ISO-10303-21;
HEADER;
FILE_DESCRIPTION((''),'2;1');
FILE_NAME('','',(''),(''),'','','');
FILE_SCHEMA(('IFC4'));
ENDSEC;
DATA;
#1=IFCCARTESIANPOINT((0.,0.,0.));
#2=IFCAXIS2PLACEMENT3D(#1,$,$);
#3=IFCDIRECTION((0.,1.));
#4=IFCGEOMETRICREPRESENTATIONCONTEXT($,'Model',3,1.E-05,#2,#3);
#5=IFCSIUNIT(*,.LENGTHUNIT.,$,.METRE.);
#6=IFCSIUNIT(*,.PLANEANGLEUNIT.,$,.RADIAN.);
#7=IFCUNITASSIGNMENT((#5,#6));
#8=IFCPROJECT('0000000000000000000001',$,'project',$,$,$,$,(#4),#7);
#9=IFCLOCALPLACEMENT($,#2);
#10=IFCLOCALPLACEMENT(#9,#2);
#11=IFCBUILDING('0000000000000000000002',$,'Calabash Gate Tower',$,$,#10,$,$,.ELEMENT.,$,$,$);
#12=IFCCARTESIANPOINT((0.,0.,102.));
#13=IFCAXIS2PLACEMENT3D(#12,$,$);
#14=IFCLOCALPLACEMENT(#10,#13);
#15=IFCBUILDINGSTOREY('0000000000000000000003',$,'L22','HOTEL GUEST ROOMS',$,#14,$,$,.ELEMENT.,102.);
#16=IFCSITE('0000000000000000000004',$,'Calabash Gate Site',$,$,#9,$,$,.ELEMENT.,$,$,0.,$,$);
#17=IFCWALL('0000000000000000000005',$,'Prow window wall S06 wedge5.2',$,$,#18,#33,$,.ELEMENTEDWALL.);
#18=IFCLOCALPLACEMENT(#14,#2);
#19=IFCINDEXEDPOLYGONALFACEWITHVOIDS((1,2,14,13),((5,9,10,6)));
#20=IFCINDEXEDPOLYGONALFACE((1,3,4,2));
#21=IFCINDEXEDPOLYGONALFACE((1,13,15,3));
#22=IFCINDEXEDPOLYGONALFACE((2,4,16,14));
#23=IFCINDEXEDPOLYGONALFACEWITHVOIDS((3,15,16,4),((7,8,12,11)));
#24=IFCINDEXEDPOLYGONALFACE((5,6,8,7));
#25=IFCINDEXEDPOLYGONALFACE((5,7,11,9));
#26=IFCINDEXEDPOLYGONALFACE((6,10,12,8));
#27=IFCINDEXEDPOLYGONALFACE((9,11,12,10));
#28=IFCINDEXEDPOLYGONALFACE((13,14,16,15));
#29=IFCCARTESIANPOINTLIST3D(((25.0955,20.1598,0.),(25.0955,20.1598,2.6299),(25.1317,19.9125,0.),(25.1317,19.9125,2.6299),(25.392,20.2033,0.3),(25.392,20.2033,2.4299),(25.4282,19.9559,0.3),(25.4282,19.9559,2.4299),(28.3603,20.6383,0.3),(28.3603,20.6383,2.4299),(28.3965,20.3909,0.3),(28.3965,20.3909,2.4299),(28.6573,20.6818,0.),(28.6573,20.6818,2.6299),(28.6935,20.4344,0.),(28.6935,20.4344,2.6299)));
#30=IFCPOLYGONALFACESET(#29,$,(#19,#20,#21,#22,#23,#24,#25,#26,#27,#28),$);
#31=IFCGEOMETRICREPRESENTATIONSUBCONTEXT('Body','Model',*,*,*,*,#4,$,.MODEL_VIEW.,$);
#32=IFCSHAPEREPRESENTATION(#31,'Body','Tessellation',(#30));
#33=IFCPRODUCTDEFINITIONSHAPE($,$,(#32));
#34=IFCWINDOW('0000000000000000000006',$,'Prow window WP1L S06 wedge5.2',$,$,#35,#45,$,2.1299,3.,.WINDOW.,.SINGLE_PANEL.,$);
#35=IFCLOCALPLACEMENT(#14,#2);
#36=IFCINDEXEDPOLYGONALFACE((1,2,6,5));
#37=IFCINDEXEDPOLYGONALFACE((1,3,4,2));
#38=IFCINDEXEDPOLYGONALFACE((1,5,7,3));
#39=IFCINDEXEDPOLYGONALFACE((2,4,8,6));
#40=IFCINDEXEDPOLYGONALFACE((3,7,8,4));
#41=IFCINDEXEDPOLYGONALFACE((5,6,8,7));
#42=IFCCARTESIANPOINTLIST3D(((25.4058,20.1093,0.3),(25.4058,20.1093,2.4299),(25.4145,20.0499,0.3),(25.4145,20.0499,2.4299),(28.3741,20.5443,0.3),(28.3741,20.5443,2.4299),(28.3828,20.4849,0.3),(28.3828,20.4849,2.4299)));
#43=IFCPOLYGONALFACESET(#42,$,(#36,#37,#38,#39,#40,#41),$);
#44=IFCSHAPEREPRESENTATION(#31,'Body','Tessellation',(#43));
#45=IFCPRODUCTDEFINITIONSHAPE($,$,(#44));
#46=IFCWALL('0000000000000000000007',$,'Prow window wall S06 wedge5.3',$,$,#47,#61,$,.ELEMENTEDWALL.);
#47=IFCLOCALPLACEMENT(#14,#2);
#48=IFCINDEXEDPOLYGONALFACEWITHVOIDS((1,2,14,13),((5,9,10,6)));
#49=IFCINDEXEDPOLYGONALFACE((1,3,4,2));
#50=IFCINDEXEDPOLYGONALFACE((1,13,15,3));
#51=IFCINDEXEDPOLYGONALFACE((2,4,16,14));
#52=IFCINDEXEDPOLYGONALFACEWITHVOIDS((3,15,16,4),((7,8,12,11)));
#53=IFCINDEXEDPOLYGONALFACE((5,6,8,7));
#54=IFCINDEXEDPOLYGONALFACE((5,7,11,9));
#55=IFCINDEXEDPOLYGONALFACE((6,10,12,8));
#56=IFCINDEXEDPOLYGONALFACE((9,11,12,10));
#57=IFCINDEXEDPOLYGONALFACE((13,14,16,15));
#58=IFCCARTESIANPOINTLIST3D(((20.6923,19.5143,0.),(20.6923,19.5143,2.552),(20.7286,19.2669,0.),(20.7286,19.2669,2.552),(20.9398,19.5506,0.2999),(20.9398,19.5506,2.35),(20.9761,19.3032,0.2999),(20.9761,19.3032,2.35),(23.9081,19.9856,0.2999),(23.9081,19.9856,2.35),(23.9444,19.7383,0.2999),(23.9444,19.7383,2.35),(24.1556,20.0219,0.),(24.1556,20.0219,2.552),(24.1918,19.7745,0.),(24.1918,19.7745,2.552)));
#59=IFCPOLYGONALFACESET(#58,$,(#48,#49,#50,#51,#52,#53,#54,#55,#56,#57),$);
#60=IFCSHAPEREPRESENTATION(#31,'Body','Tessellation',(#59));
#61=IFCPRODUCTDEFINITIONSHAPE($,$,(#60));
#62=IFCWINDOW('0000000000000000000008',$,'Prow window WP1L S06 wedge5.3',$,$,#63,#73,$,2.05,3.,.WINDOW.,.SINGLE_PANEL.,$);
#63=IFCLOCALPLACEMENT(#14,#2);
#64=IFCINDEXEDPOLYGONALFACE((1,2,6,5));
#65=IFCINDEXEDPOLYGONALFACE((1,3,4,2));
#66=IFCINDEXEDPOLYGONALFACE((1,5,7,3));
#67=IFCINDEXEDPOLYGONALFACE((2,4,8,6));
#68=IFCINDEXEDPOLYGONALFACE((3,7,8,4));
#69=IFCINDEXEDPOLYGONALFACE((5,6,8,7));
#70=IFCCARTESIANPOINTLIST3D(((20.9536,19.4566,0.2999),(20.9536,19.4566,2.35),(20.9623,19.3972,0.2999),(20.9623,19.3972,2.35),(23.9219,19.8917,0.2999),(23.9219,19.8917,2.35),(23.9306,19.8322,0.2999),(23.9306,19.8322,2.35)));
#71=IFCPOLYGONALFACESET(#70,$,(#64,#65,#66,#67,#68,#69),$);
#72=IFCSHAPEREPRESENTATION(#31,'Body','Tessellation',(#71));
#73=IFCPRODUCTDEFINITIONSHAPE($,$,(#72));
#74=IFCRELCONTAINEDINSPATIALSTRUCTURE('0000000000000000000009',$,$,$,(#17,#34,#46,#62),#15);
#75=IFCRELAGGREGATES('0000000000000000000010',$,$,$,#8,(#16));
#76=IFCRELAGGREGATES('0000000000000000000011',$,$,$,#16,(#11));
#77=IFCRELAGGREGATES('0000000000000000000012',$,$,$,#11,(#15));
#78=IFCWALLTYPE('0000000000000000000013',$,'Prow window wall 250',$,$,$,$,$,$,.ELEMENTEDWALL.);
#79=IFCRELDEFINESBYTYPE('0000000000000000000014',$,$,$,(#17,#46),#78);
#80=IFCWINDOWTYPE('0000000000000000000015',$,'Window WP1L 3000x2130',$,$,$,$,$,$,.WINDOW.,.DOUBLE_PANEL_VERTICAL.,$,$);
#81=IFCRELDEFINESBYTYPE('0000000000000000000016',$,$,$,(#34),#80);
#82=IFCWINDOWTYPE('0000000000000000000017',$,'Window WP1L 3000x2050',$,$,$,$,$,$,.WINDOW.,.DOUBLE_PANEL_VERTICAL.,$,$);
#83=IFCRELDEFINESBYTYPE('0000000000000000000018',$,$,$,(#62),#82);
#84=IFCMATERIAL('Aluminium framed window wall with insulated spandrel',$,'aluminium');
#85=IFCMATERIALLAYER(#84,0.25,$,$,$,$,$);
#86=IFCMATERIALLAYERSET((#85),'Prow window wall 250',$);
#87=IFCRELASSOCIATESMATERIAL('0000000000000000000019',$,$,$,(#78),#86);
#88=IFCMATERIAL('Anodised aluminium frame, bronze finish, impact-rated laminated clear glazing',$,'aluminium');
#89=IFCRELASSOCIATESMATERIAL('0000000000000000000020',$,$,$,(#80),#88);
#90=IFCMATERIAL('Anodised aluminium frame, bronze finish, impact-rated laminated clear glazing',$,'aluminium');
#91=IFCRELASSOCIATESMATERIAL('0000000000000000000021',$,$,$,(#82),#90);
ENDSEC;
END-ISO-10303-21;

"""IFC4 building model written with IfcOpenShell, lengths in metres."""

from ifc_helpers import new_model, si_unit, direction, frame, frame_2d, origin, place, context, subcontext, project, spatial, rectangle, extrude, material, layer, layer_set, type_object, element, fill, save


model = new_model("IFC4")

# Units and contexts
model_context = context("Model", 3, precision=1e-05, world=origin(), true_north=direction((0.0, 1.0)))
body_context = subcontext(model_context, "Body", "Model", "MODEL_VIEW")
ifc_project = project(units=[si_unit("LENGTHUNIT", "METRE"), si_unit("PLANEANGLEUNIT", "RADIAN")], contexts=[model_context])

# Site, building, storey
site_placement = place(None, origin())
site = spatial("IfcSite", under=ifc_project, at=site_placement, Name="Calabash Gate Site", CompositionType="ELEMENT", RefElevation=0.0)
building_placement = place(site_placement, origin())
building = spatial("IfcBuilding", under=site, at=building_placement, Name="Calabash Gate Tower", CompositionType="ELEMENT")
storey_placement = place(building_placement, frame((0.0, 0.0, 102.0)))
storey = spatial("IfcBuildingStorey", under=building, at=storey_placement, Name="L22", Description="HOTEL GUEST ROOMS", CompositionType="ELEMENT", Elevation=102.0)

# Walls, openings, windows
ifc_material_1 = material(Name="Aluminium framed window wall with insulated spandrel", Category="aluminium")
ifc_layer_1 = layer(ifc_material_1, 0.25)
ifc_layer_set_1 = layer_set([ifc_layer_1], Name="Prow window wall 250")
wall_type_1 = type_object("IfcWallType", Name="Prow window wall 250", PredefinedType="ELEMENTEDWALL", material=ifc_layer_set_1)
ifc_material_2 = material(Name="Anodised aluminium frame, bronze finish, impact-rated laminated clear glazing", Category="aluminium")
window_type_1 = type_object("IfcWindowType", Name="Window WP1L 3000x2130", PartitioningType="DOUBLE_PANEL_VERTICAL", PredefinedType="WINDOW", material=ifc_material_2)
wall_1_placement = place(storey_placement, frame((28.6753, 20.5581, 0.0), z_axis=(0.0, 0.0, 1.0), x_axis=(-0.989432, -0.145, 0.0)))
wall_1 = element("IfcWall", 1, at=wall_1_placement, inside=storey, type_object=wall_type_1, Name="Prow window wall S06 wedge5.2", PredefinedType="ELEMENTEDWALL", context=body_context, shape_type="SweptSolid", body=[
    extrude(rectangle(XDim=3.5999, YDim=0.25, at=frame_2d((1.7998, 0.0))), origin(), (0.0, 0.0, 1.0), 2.6299),
])
opening_1_placement = place(wall_1_placement, frame((0.3, 0.0, 0.3)))
opening_1 = element("IfcOpeningElement", 2, at=opening_1_placement, cuts=wall_1, PredefinedType="OPENING", context=body_context, shape_type="SweptSolid", body=[
    extrude(rectangle(XDim=3.0, YDim=2.1299, at=frame_2d((1.5, 1.0649))), frame((0.0, 0.135, 0.0), z_axis=(0.0, -1.0, 0.0), x_axis=(1.0, 0.0, 0.0)), (0.0, 0.0, 1.0), 0.27),
])
window_1_placement = place(opening_1_placement, origin())
window_1 = element("IfcWindow", 3, at=window_1_placement, inside=storey, type_object=window_type_1, Name="Prow window WP1L S06 wedge5.2", OverallHeight=2.1299, OverallWidth=3.0, PartitioningType="SINGLE_PANEL", PredefinedType="WINDOW", context=body_context, shape_type="SweptSolid", body=[
    extrude(rectangle(XDim=3.0, YDim=2.1299, at=frame_2d((1.5, 1.0649))), frame((0.0, 0.03, 0.0), z_axis=(0.0, -1.0, 0.0), x_axis=(1.0, 0.0, 0.0)), (0.0, 0.0, 1.0), 0.0601),
])
fill(opening_1, window_1)
wall_2_placement = place(storey_placement, frame((24.1736, 19.8982, 0.0), z_axis=(0.0, 0.0, 1.0), x_axis=(-0.98943, -0.145014, 0.0)))
wall_2 = element("IfcWall", 4, at=wall_2_placement, inside=storey, type_object=wall_type_1, Name="Prow window wall S06 wedge5.3", PredefinedType="ELEMENTEDWALL", context=body_context, shape_type="SweptSolid", body=[
    extrude(rectangle(XDim=3.5002, YDim=0.25, at=frame_2d((1.75, 0.0))), origin(), (0.0, 0.0, 1.0), 2.552),
])
opening_2_placement = place(wall_2_placement, frame((0.25, 0.0, 0.3)))
opening_2 = element("IfcOpeningElement", 5, at=opening_2_placement, cuts=wall_2, PredefinedType="OPENING", context=body_context, shape_type="SweptSolid", body=[
    extrude(rectangle(XDim=3.0, YDim=2.05, at=frame_2d((1.5, 1.0249))), frame((0.0, 0.135, 0.0), z_axis=(0.0, -1.0, 0.0), x_axis=(1.0, 0.0, 0.0)), (0.0, 0.0, 1.0), 0.27),
])
ifc_material_3 = material(Name="Anodised aluminium frame, bronze finish, impact-rated laminated clear glazing", Category="aluminium")
window_type_2 = type_object("IfcWindowType", Name="Window WP1L 3000x2050", PartitioningType="DOUBLE_PANEL_VERTICAL", PredefinedType="WINDOW", material=ifc_material_3)
window_2_placement = place(opening_2_placement, origin())
window_2 = element("IfcWindow", 6, at=window_2_placement, inside=storey, type_object=window_type_2, Name="Prow window WP1L S06 wedge5.3", OverallHeight=2.05, OverallWidth=3.0, PartitioningType="SINGLE_PANEL", PredefinedType="WINDOW", context=body_context, shape_type="SweptSolid", body=[
    extrude(rectangle(XDim=3.0, YDim=2.05, at=frame_2d((1.5, 1.0249))), frame((0.0, 0.03, 0.0), z_axis=(0.0, -1.0, 0.0), x_axis=(1.0, 0.0, 0.0)), (0.0, 0.0, 1.0), 0.0601),
])
fill(opening_2, window_2)

save(model, "model.ifc")
